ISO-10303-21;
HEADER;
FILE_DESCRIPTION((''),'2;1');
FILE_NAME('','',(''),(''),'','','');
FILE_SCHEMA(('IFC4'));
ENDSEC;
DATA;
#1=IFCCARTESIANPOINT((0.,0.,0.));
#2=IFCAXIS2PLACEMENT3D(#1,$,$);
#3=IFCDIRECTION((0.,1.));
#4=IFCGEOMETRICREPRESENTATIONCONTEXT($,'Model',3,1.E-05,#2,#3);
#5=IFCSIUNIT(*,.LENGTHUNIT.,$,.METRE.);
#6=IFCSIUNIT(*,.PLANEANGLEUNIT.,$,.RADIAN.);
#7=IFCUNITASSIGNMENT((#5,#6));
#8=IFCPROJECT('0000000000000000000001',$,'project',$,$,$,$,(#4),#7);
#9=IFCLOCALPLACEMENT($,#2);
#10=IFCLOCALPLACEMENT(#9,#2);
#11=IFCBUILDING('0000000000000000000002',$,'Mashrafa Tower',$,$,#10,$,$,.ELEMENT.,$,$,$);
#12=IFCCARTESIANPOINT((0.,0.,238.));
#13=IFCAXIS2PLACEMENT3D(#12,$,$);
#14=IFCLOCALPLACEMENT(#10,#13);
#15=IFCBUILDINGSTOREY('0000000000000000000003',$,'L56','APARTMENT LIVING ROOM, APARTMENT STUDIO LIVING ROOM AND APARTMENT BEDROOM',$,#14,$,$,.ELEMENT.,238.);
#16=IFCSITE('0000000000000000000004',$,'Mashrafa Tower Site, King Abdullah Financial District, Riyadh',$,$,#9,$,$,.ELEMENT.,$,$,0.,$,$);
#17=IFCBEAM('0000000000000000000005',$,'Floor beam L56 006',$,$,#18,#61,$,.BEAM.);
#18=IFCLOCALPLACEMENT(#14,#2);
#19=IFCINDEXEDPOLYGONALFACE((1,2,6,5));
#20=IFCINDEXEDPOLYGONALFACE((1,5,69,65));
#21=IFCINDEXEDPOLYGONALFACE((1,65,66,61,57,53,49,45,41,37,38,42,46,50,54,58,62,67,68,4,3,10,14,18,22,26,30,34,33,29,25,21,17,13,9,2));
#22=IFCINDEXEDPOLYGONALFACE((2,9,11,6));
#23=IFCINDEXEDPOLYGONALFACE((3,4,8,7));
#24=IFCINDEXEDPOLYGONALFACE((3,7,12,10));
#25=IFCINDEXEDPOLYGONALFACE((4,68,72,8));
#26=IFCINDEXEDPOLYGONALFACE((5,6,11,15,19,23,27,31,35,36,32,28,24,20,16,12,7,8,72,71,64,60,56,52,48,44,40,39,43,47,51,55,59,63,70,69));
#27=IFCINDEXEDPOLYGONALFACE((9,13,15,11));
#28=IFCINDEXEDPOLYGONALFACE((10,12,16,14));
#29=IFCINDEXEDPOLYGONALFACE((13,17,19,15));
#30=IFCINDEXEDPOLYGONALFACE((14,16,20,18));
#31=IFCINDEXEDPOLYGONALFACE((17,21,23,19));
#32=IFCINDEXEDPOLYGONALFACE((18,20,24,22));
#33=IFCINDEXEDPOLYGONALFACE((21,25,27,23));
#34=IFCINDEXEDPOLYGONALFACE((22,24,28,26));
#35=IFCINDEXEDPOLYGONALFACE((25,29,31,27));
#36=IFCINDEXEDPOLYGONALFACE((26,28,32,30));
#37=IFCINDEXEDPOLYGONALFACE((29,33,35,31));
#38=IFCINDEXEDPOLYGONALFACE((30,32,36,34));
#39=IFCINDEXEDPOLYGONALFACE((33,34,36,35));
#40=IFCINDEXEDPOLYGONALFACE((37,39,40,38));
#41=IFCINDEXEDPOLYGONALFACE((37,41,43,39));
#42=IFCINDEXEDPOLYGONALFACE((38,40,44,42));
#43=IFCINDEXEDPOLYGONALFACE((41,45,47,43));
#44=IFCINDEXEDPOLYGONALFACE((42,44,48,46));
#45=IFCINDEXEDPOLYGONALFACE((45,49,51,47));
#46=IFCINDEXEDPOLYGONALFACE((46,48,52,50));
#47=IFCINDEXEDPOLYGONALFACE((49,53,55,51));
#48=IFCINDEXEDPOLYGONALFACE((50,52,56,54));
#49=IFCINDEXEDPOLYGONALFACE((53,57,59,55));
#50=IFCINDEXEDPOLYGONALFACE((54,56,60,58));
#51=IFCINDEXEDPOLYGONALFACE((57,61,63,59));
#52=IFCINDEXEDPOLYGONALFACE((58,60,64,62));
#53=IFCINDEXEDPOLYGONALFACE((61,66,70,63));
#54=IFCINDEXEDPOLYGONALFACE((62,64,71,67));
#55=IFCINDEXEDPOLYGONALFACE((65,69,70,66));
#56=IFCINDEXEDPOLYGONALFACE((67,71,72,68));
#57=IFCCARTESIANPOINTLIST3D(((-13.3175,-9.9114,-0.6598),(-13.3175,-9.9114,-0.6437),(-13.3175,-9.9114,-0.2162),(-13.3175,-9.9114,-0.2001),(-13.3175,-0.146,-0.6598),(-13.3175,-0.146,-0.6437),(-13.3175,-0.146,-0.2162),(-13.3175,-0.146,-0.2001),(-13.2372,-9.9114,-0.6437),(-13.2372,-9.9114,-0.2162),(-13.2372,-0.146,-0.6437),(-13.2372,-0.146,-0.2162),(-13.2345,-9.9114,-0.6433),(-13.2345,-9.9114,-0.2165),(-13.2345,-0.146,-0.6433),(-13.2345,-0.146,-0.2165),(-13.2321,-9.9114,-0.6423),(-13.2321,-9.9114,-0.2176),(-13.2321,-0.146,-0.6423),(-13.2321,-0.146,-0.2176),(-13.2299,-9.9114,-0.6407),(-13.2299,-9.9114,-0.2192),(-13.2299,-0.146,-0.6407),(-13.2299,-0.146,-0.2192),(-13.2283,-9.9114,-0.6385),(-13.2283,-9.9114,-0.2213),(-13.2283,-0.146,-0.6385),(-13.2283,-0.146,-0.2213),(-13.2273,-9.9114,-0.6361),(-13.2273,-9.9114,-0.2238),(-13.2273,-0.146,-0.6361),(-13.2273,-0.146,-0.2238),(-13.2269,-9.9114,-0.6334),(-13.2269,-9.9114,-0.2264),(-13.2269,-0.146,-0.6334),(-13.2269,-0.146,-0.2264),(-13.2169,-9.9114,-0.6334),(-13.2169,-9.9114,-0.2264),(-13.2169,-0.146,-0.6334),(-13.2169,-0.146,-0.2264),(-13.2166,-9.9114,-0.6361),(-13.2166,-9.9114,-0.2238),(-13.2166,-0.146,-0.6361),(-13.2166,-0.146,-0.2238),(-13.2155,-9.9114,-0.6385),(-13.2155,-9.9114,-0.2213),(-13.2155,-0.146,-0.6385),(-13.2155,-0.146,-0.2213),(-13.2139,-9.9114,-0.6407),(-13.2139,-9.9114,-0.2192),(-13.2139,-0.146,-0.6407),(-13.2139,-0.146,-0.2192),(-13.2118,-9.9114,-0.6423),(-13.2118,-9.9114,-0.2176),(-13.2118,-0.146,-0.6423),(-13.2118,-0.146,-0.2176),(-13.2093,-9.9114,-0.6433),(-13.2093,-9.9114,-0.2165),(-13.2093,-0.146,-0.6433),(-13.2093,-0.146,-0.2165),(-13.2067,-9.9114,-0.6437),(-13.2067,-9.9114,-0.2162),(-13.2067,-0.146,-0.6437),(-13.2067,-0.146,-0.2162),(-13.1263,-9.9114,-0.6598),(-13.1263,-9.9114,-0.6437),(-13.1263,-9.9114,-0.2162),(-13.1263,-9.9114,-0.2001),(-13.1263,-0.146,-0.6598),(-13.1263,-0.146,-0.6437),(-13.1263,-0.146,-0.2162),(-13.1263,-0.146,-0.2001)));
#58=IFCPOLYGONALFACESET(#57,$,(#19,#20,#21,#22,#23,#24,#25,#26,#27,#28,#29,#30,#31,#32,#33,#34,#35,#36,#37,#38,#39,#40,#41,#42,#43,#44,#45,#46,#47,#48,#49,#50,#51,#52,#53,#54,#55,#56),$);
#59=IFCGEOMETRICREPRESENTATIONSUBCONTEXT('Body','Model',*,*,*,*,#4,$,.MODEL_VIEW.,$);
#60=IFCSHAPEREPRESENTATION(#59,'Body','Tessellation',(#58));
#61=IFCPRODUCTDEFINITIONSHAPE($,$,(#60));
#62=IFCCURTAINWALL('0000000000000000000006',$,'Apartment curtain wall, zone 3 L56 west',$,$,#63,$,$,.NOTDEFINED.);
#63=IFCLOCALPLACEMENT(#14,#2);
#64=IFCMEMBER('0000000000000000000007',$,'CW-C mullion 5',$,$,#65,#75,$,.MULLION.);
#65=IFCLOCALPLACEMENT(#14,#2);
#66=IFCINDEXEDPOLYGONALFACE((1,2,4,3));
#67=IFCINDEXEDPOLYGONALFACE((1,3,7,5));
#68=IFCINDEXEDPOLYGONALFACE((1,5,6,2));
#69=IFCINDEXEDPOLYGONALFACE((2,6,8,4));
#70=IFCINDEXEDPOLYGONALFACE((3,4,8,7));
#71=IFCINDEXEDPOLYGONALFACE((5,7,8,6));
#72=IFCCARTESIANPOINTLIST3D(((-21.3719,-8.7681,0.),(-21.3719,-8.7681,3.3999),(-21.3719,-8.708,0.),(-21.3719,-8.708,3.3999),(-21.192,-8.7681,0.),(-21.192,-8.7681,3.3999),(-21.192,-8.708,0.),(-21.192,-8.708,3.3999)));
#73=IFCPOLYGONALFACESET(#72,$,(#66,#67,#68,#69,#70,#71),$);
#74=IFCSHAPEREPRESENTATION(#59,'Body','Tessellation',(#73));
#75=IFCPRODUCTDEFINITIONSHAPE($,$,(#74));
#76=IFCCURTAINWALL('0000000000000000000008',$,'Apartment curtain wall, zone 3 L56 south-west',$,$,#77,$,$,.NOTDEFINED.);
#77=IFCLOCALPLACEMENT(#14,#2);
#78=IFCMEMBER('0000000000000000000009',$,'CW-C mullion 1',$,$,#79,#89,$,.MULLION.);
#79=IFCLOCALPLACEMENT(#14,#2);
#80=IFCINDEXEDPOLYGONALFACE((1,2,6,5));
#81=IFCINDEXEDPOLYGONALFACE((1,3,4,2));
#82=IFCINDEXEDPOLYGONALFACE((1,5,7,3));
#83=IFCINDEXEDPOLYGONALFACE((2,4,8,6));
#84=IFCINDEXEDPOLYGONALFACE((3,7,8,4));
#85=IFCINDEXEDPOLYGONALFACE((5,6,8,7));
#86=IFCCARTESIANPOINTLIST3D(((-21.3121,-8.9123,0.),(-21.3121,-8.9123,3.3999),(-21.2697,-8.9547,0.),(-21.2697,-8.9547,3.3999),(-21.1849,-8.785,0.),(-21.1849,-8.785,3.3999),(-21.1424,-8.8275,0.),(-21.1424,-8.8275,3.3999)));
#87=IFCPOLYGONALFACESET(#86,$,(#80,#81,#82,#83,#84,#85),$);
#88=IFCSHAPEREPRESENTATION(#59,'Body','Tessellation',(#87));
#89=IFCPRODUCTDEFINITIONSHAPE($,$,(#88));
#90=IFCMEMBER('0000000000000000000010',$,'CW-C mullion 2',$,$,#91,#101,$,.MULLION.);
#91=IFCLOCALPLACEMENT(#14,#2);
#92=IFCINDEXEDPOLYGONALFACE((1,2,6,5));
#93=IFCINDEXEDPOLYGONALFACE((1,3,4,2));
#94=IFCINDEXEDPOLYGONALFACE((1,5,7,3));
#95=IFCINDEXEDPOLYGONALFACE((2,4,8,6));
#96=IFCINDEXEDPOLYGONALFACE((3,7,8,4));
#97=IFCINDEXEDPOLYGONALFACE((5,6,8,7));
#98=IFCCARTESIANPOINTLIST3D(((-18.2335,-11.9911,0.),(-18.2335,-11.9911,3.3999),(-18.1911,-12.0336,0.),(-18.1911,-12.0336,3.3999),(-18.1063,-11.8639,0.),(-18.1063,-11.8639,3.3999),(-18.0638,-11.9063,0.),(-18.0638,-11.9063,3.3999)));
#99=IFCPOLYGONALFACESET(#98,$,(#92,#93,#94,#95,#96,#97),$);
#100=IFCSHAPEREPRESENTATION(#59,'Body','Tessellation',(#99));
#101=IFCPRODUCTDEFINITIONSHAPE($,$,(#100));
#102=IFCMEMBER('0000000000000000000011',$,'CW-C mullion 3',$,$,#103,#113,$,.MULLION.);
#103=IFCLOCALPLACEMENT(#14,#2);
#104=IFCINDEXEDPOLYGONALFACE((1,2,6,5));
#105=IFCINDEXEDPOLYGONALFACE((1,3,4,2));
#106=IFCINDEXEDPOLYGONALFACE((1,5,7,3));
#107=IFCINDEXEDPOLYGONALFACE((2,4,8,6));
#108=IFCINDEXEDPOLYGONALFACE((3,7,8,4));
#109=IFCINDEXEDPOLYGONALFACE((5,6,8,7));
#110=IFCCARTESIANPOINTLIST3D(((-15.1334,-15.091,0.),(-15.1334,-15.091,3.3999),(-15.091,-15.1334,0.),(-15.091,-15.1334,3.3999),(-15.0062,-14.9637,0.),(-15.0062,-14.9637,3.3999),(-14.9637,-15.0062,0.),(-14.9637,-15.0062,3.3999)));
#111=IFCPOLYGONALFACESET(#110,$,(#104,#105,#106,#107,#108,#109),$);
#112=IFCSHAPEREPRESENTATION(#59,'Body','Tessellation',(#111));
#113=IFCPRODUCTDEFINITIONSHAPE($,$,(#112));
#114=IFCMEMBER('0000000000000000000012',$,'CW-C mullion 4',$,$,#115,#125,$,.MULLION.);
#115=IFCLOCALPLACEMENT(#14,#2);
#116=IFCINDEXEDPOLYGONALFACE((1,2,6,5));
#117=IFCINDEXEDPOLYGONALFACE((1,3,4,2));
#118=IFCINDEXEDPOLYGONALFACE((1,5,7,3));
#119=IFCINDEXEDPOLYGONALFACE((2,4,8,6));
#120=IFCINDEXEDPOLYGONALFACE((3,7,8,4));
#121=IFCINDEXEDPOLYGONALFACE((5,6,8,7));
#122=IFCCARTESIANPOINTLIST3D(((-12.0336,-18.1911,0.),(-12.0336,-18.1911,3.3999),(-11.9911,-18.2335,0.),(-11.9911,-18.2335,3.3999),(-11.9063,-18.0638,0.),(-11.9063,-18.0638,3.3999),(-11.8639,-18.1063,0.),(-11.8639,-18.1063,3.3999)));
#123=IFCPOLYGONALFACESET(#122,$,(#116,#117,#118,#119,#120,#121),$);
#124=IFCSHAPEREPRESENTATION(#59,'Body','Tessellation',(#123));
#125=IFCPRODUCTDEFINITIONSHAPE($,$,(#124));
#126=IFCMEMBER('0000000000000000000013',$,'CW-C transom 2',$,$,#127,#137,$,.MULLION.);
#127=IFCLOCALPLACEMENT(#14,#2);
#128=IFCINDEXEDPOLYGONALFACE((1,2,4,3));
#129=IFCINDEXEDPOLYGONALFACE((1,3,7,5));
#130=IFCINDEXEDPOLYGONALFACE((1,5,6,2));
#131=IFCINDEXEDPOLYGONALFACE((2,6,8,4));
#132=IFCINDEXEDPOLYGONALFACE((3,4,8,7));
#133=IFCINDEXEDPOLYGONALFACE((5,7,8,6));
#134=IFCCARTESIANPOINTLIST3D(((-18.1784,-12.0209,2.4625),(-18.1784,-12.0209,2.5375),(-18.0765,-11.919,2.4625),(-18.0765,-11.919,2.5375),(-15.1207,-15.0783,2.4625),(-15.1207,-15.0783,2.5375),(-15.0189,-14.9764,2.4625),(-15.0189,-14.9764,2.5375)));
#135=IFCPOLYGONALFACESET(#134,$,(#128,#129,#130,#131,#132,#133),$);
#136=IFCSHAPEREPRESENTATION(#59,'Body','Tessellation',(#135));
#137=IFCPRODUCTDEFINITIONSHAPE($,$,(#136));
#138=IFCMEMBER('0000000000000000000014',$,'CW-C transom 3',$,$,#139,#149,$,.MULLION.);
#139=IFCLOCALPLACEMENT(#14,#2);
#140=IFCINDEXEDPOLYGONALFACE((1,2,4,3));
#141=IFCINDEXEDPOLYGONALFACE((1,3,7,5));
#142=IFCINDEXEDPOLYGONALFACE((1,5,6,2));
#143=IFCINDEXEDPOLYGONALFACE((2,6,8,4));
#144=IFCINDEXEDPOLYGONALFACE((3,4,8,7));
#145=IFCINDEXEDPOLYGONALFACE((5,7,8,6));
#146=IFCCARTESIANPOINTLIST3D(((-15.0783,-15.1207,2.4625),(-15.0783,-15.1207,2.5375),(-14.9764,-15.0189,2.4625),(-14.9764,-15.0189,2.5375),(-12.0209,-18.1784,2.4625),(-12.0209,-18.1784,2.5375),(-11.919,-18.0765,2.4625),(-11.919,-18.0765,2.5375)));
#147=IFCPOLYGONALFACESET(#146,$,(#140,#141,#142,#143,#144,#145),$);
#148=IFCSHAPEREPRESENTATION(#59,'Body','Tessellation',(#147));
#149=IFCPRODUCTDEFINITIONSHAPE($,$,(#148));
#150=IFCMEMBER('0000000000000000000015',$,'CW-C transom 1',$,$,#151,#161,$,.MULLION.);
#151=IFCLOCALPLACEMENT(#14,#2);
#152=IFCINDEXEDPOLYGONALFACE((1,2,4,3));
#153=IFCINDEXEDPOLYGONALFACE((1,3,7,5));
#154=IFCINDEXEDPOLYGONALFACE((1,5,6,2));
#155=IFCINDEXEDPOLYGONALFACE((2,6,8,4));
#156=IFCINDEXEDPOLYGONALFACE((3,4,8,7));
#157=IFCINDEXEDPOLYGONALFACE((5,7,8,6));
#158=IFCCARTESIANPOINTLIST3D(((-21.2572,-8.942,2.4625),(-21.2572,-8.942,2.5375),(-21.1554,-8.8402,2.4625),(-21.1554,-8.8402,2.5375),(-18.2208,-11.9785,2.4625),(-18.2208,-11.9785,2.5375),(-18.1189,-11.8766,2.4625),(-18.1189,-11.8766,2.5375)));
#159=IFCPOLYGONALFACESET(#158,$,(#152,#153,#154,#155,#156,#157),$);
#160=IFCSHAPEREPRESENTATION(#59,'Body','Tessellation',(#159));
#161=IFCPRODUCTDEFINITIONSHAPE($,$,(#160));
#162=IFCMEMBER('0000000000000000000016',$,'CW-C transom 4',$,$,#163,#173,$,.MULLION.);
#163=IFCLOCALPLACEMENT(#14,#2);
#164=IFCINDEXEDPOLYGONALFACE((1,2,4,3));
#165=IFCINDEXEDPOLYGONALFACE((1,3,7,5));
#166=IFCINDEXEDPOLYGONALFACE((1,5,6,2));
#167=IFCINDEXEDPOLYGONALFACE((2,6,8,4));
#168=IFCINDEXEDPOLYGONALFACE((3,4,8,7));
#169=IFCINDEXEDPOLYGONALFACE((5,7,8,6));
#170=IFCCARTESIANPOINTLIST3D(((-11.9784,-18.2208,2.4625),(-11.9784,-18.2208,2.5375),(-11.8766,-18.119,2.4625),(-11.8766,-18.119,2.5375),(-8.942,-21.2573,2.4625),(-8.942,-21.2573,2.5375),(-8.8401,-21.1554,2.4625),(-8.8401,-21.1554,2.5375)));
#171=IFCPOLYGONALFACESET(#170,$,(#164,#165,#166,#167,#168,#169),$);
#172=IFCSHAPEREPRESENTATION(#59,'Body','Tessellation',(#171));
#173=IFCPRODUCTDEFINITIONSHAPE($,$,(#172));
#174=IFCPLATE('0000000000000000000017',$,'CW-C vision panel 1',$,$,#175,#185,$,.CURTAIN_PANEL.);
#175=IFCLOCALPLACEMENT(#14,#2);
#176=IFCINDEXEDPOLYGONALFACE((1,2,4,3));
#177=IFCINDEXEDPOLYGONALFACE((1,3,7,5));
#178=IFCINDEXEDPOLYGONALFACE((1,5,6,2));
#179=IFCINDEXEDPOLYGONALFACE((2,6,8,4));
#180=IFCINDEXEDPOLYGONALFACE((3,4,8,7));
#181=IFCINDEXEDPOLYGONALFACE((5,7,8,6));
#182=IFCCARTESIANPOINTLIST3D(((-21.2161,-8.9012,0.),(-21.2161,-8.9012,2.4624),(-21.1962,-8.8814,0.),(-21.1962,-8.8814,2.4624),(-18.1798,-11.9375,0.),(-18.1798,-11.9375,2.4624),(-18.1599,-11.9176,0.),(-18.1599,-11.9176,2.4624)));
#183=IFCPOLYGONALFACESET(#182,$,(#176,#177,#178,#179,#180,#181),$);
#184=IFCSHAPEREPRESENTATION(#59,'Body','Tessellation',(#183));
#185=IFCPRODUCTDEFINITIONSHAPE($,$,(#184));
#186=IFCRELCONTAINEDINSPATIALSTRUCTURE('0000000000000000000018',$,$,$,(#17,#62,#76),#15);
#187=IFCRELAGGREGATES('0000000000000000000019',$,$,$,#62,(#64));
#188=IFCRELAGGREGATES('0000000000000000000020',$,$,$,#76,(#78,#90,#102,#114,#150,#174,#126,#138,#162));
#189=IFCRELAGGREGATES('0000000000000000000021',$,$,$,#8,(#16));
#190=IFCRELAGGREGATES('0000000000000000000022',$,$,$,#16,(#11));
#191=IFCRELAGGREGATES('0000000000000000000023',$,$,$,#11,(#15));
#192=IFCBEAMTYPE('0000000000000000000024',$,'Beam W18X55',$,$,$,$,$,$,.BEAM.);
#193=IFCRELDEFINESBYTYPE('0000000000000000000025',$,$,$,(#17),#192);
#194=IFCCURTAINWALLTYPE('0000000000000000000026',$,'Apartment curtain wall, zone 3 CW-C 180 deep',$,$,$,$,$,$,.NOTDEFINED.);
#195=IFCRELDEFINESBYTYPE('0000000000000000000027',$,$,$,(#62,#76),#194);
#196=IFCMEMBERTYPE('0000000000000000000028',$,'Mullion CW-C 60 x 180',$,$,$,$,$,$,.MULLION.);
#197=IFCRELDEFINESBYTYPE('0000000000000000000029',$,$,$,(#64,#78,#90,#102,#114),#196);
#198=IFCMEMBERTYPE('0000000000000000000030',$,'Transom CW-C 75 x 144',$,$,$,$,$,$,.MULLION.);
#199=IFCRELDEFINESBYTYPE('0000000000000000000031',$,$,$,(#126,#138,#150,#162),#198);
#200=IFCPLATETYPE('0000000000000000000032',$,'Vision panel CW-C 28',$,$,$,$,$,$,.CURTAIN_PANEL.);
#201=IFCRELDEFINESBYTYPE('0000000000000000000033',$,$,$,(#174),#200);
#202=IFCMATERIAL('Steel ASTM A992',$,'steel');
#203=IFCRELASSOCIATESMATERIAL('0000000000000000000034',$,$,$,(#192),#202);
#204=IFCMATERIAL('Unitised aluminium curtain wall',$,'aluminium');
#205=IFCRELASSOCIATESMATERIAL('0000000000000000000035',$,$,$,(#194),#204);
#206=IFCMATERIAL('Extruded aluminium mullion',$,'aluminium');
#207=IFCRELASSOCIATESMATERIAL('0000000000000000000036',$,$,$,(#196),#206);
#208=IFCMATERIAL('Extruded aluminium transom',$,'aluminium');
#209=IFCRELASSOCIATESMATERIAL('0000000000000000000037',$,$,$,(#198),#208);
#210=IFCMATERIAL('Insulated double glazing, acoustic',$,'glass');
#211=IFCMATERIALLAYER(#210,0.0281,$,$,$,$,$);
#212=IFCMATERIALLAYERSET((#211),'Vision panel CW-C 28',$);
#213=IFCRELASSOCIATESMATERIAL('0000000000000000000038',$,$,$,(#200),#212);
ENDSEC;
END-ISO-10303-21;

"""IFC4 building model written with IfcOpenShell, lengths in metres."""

from ifc_helpers import new_model, si_unit, direction, frame, origin, origin_2d, place, context, subcontext, project, spatial, rectangle, i_section, extrude, source, transform, mapped, material, layer, layer_set, material_profile, profile_set, type_object, type_shapes, element, aggregate, save


model = new_model("IFC4")

# Units and contexts
model_context = context("Model", 3, precision=1e-05, world=origin(), true_north=direction((0.0, 1.0)))
body_context = subcontext(model_context, "Body", "Model", "MODEL_VIEW")
ifc_project = project(units=[si_unit("LENGTHUNIT", "METRE"), si_unit("PLANEANGLEUNIT", "RADIAN")], contexts=[model_context])

# Site, building, storey
site_placement = place(None, origin())
site = spatial("IfcSite", under=ifc_project, at=site_placement, Name="Mashrafa Tower Site, King Abdullah Financial District, Riyadh", CompositionType="ELEMENT", RefElevation=0.0)
building_placement = place(site_placement, origin())
building = spatial("IfcBuilding", under=site, at=building_placement, Name="Mashrafa Tower", CompositionType="ELEMENT")
storey_placement = place(building_placement, frame((0.0, 0.0, 238.0)))
storey = spatial("IfcBuildingStorey", under=building, at=storey_placement, Name="L56", Description="APARTMENT LIVING ROOM, APARTMENT STUDIO LIVING ROOM AND APARTMENT BEDROOM", CompositionType="ELEMENT", Elevation=238.0)

# Beam
ifc_material_1 = material(Name="Steel ASTM A992", Category="steel")
ifc_material_profile_1 = material_profile(ifc_material_1, i_section(OverallWidth=0.1912, OverallDepth=0.4597, WebThickness=0.01, FlangeThickness=0.0161, FilletRadius=0.0103, at=origin_2d()), Name="W18X55")
ifc_profile_set_1 = profile_set([ifc_material_profile_1], Name="Steel ASTM A992")
beam_type_1 = type_object("IfcBeamType", Name="Beam W18X55", PredefinedType="BEAM", material=ifc_profile_set_1)
beam_1_placement = place(storey_placement, frame((-13.2219, -9.9114, -0.4299), z_axis=(0.0, 1.0, 0.0), x_axis=(-1.0, 0.0, 0.0)))
element("IfcBeam", 1, at=beam_1_placement, inside=storey, type_object=beam_type_1, Name="Floor beam L56 006", PredefinedType="BEAM", context=body_context, shape_type="SweptSolid", body=[
    extrude(i_section(OverallWidth=0.1912, OverallDepth=0.4597, WebThickness=0.01, FlangeThickness=0.0161, FilletRadius=0.0103, at=origin_2d()), origin(), (0.0, 0.0, 1.0), 9.7654),
])

# Curtain wall, member
ifc_material_2 = material(Name="Unitised aluminium curtain wall", Category="aluminium")
curtain_wall_type = type_object("IfcCurtainWallType", Name="Apartment curtain wall, zone 3 CW-C 180 deep", PredefinedType="NOTDEFINED", material=ifc_material_2)
curtain_wall_1_placement = place(storey_placement, origin())
curtain_wall_1 = element("IfcCurtainWall", 2, at=curtain_wall_1_placement, inside=storey, type_object=curtain_wall_type, Name="Apartment curtain wall, zone 3 L56 west", PredefinedType="NOTDEFINED")
ifc_material_3 = material(Name="Extruded aluminium mullion", Category="aluminium")
ifc_material_profile_2 = material_profile(ifc_material_3, rectangle(XDim=0.1799, YDim=0.0601, at=origin_2d()), Name="Mullion 60x180")
ifc_profile_set_2 = profile_set([ifc_material_profile_2], Name="Extruded aluminium mullion")
member_type_1 = type_object("IfcMemberType", Name="Mullion CW-C 60 x 180", PredefinedType="MULLION", material=ifc_profile_set_2)
shared_shape_1 = source(origin(), body_context, "Body", "SweptSolid", [
    extrude(rectangle(XDim=0.1799, YDim=0.0601, at=origin_2d()), origin(), (0.0, 0.0, 1.0), 3.3999),
])
type_shapes(member_type_1, [shared_shape_1])
member_1_placement = place(storey_placement, frame((-21.282, -8.738, 0.0), z_axis=(0.0, 0.0, 1.0), x_axis=(1.0, 0.0, 0.0)))
member_1 = element("IfcMember", 3, at=member_1_placement, type_object=member_type_1, Name="CW-C mullion 5", PredefinedType="MULLION", context=body_context, shape_type="MappedRepresentation", body=[
    mapped(shared_shape_1, transform((0.0, 0.0, 0.0))),
])
aggregate(curtain_wall_1, [member_1])

# Curtain wall, members, plate
curtain_wall_2_placement = place(storey_placement, origin())
curtain_wall_2 = element("IfcCurtainWall", 4, at=curtain_wall_2_placement, inside=storey, type_object=curtain_wall_type, Name="Apartment curtain wall, zone 3 L56 south-west", PredefinedType="NOTDEFINED")
member_2_placement = place(storey_placement, frame((-21.2273, -8.8699, 0.0), z_axis=(0.0, 0.0, 1.0), x_axis=(0.707107, 0.707107, 0.0)))
member_2 = element("IfcMember", 5, at=member_2_placement, type_object=member_type_1, Name="CW-C mullion 1", PredefinedType="MULLION", context=body_context, shape_type="MappedRepresentation", body=[
    mapped(shared_shape_1, transform((0.0, 0.0, 0.0))),
])
member_3_placement = place(storey_placement, frame((-18.1487, -11.9487, 0.0), z_axis=(0.0, 0.0, 1.0), x_axis=(0.707107, 0.707107, 0.0)))
member_3 = element("IfcMember", 6, at=member_3_placement, type_object=member_type_1, Name="CW-C mullion 2", PredefinedType="MULLION", context=body_context, shape_type="MappedRepresentation", body=[
    mapped(shared_shape_1, transform((0.0, 0.0, 0.0))),
])
member_4_placement = place(storey_placement, frame((-15.0486, -15.0486, 0.0), z_axis=(0.0, 0.0, 1.0), x_axis=(0.707107, 0.707107, 0.0)))
member_4 = element("IfcMember", 7, at=member_4_placement, type_object=member_type_1, Name="CW-C mullion 3", PredefinedType="MULLION", context=body_context, shape_type="MappedRepresentation", body=[
    mapped(shared_shape_1, transform((0.0, 0.0, 0.0))),
])
member_5_placement = place(storey_placement, frame((-11.9487, -18.1487, 0.0), z_axis=(0.0, 0.0, 1.0), x_axis=(0.707107, 0.707107, 0.0)))
member_5 = element("IfcMember", 8, at=member_5_placement, type_object=member_type_1, Name="CW-C mullion 4", PredefinedType="MULLION", context=body_context, shape_type="MappedRepresentation", body=[
    mapped(shared_shape_1, transform((0.0, 0.0, 0.0))),
])
ifc_material_4 = material(Name="Extruded aluminium transom", Category="aluminium")
ifc_material_profile_3 = material_profile(ifc_material_4, rectangle(XDim=0.144, YDim=0.075, at=origin_2d()), Name="Transom 75x144")
ifc_profile_set_3 = profile_set([ifc_material_profile_3], Name="Extruded aluminium transom")
member_type_2 = type_object("IfcMemberType", Name="Transom CW-C 75 x 144", PredefinedType="MULLION", material=ifc_profile_set_3)
shared_shape_2 = source(origin(), body_context, "Body", "SweptSolid", [
    extrude(rectangle(XDim=0.144, YDim=0.075, at=origin_2d()), origin(), (0.0, 0.0, 1.0), 4.324),
])
member_6_placement = place(storey_placement, frame((-18.1274, -11.97, 2.5), z_axis=(0.707135, -0.707079, 0.0), x_axis=(0.707079, 0.707135, 0.0)))
member_6 = element("IfcMember", 9, at=member_6_placement, type_object=member_type_2, Name="CW-C transom 2", PredefinedType="MULLION", context=body_context, shape_type="MappedRepresentation", body=[
    mapped(shared_shape_2, transform((0.0, 0.0, 0.0))),
])
member_7_placement = place(storey_placement, frame((-15.0273, -15.0698, 2.5), z_axis=(0.707079, -0.707135, 0.0), x_axis=(0.707135, 0.707079, 0.0)))
member_7 = element("IfcMember", 10, at=member_7_placement, type_object=member_type_2, Name="CW-C transom 3", PredefinedType="MULLION", context=body_context, shape_type="MappedRepresentation", body=[
    mapped(shared_shape_2, transform((0.0, 0.0, 0.0))),
])
shared_shape_3 = source(origin(), body_context, "Body", "SweptSolid", [
    extrude(rectangle(XDim=0.144, YDim=0.075, at=origin_2d()), origin(), (0.0, 0.0, 1.0), 4.2942),
])
type_shapes(member_type_2, [shared_shape_2, shared_shape_3])
member_8_placement = place(storey_placement, frame((-21.2063, -8.8911, 2.5), z_axis=(0.707107, -0.707107, 0.0), x_axis=(0.707107, 0.707107, 0.0)))
member_8 = element("IfcMember", 11, at=member_8_placement, type_object=member_type_2, Name="CW-C transom 1", PredefinedType="MULLION", context=body_context, shape_type="MappedRepresentation", body=[
    mapped(shared_shape_3, transform((0.0, 0.0, 0.0))),
])
member_9_placement = place(storey_placement, frame((-11.9275, -18.1699, 2.5), z_axis=(0.707107, -0.707107, 0.0), x_axis=(0.707107, 0.707107, 0.0)))
member_9 = element("IfcMember", 12, at=member_9_placement, type_object=member_type_2, Name="CW-C transom 4", PredefinedType="MULLION", context=body_context, shape_type="MappedRepresentation", body=[
    mapped(shared_shape_3, transform((0.0, 0.0, 0.0))),
])
ifc_material_5 = material(Name="Insulated double glazing, acoustic", Category="glass")
ifc_layer_1 = layer(ifc_material_5, 0.0281)
ifc_layer_set_1 = layer_set([ifc_layer_1], Name="Vision panel CW-C 28")
plate_type_1 = type_object("IfcPlateType", Name="Vision panel CW-C 28", PredefinedType="CURTAIN_PANEL", material=ifc_layer_set_1)
shared_shape_4 = source(origin(), body_context, "Body", "SweptSolid", [
    extrude(rectangle(XDim=4.2939, YDim=0.0281, at=origin_2d()), origin(), (0.0, 0.0, 1.0), 2.4624),
])
plate_1_placement = place(storey_placement, frame((-19.688, -10.4094, 0.0), z_axis=(0.0, 0.0, 1.0), x_axis=(0.707107, -0.707107, 0.0)))
plate_1 = element("IfcPlate", 13, at=plate_1_placement, type_object=plate_type_1, Name="CW-C vision panel 1", PredefinedType="CURTAIN_PANEL", context=body_context, shape_type="MappedRepresentation", body=[
    mapped(shared_shape_4, transform((0.0, 0.0, 0.0))),
])
aggregate(curtain_wall_2, [member_2, member_3, member_4, member_5, member_8, plate_1, member_6, member_7, member_9])

save(model, "model.ifc")
